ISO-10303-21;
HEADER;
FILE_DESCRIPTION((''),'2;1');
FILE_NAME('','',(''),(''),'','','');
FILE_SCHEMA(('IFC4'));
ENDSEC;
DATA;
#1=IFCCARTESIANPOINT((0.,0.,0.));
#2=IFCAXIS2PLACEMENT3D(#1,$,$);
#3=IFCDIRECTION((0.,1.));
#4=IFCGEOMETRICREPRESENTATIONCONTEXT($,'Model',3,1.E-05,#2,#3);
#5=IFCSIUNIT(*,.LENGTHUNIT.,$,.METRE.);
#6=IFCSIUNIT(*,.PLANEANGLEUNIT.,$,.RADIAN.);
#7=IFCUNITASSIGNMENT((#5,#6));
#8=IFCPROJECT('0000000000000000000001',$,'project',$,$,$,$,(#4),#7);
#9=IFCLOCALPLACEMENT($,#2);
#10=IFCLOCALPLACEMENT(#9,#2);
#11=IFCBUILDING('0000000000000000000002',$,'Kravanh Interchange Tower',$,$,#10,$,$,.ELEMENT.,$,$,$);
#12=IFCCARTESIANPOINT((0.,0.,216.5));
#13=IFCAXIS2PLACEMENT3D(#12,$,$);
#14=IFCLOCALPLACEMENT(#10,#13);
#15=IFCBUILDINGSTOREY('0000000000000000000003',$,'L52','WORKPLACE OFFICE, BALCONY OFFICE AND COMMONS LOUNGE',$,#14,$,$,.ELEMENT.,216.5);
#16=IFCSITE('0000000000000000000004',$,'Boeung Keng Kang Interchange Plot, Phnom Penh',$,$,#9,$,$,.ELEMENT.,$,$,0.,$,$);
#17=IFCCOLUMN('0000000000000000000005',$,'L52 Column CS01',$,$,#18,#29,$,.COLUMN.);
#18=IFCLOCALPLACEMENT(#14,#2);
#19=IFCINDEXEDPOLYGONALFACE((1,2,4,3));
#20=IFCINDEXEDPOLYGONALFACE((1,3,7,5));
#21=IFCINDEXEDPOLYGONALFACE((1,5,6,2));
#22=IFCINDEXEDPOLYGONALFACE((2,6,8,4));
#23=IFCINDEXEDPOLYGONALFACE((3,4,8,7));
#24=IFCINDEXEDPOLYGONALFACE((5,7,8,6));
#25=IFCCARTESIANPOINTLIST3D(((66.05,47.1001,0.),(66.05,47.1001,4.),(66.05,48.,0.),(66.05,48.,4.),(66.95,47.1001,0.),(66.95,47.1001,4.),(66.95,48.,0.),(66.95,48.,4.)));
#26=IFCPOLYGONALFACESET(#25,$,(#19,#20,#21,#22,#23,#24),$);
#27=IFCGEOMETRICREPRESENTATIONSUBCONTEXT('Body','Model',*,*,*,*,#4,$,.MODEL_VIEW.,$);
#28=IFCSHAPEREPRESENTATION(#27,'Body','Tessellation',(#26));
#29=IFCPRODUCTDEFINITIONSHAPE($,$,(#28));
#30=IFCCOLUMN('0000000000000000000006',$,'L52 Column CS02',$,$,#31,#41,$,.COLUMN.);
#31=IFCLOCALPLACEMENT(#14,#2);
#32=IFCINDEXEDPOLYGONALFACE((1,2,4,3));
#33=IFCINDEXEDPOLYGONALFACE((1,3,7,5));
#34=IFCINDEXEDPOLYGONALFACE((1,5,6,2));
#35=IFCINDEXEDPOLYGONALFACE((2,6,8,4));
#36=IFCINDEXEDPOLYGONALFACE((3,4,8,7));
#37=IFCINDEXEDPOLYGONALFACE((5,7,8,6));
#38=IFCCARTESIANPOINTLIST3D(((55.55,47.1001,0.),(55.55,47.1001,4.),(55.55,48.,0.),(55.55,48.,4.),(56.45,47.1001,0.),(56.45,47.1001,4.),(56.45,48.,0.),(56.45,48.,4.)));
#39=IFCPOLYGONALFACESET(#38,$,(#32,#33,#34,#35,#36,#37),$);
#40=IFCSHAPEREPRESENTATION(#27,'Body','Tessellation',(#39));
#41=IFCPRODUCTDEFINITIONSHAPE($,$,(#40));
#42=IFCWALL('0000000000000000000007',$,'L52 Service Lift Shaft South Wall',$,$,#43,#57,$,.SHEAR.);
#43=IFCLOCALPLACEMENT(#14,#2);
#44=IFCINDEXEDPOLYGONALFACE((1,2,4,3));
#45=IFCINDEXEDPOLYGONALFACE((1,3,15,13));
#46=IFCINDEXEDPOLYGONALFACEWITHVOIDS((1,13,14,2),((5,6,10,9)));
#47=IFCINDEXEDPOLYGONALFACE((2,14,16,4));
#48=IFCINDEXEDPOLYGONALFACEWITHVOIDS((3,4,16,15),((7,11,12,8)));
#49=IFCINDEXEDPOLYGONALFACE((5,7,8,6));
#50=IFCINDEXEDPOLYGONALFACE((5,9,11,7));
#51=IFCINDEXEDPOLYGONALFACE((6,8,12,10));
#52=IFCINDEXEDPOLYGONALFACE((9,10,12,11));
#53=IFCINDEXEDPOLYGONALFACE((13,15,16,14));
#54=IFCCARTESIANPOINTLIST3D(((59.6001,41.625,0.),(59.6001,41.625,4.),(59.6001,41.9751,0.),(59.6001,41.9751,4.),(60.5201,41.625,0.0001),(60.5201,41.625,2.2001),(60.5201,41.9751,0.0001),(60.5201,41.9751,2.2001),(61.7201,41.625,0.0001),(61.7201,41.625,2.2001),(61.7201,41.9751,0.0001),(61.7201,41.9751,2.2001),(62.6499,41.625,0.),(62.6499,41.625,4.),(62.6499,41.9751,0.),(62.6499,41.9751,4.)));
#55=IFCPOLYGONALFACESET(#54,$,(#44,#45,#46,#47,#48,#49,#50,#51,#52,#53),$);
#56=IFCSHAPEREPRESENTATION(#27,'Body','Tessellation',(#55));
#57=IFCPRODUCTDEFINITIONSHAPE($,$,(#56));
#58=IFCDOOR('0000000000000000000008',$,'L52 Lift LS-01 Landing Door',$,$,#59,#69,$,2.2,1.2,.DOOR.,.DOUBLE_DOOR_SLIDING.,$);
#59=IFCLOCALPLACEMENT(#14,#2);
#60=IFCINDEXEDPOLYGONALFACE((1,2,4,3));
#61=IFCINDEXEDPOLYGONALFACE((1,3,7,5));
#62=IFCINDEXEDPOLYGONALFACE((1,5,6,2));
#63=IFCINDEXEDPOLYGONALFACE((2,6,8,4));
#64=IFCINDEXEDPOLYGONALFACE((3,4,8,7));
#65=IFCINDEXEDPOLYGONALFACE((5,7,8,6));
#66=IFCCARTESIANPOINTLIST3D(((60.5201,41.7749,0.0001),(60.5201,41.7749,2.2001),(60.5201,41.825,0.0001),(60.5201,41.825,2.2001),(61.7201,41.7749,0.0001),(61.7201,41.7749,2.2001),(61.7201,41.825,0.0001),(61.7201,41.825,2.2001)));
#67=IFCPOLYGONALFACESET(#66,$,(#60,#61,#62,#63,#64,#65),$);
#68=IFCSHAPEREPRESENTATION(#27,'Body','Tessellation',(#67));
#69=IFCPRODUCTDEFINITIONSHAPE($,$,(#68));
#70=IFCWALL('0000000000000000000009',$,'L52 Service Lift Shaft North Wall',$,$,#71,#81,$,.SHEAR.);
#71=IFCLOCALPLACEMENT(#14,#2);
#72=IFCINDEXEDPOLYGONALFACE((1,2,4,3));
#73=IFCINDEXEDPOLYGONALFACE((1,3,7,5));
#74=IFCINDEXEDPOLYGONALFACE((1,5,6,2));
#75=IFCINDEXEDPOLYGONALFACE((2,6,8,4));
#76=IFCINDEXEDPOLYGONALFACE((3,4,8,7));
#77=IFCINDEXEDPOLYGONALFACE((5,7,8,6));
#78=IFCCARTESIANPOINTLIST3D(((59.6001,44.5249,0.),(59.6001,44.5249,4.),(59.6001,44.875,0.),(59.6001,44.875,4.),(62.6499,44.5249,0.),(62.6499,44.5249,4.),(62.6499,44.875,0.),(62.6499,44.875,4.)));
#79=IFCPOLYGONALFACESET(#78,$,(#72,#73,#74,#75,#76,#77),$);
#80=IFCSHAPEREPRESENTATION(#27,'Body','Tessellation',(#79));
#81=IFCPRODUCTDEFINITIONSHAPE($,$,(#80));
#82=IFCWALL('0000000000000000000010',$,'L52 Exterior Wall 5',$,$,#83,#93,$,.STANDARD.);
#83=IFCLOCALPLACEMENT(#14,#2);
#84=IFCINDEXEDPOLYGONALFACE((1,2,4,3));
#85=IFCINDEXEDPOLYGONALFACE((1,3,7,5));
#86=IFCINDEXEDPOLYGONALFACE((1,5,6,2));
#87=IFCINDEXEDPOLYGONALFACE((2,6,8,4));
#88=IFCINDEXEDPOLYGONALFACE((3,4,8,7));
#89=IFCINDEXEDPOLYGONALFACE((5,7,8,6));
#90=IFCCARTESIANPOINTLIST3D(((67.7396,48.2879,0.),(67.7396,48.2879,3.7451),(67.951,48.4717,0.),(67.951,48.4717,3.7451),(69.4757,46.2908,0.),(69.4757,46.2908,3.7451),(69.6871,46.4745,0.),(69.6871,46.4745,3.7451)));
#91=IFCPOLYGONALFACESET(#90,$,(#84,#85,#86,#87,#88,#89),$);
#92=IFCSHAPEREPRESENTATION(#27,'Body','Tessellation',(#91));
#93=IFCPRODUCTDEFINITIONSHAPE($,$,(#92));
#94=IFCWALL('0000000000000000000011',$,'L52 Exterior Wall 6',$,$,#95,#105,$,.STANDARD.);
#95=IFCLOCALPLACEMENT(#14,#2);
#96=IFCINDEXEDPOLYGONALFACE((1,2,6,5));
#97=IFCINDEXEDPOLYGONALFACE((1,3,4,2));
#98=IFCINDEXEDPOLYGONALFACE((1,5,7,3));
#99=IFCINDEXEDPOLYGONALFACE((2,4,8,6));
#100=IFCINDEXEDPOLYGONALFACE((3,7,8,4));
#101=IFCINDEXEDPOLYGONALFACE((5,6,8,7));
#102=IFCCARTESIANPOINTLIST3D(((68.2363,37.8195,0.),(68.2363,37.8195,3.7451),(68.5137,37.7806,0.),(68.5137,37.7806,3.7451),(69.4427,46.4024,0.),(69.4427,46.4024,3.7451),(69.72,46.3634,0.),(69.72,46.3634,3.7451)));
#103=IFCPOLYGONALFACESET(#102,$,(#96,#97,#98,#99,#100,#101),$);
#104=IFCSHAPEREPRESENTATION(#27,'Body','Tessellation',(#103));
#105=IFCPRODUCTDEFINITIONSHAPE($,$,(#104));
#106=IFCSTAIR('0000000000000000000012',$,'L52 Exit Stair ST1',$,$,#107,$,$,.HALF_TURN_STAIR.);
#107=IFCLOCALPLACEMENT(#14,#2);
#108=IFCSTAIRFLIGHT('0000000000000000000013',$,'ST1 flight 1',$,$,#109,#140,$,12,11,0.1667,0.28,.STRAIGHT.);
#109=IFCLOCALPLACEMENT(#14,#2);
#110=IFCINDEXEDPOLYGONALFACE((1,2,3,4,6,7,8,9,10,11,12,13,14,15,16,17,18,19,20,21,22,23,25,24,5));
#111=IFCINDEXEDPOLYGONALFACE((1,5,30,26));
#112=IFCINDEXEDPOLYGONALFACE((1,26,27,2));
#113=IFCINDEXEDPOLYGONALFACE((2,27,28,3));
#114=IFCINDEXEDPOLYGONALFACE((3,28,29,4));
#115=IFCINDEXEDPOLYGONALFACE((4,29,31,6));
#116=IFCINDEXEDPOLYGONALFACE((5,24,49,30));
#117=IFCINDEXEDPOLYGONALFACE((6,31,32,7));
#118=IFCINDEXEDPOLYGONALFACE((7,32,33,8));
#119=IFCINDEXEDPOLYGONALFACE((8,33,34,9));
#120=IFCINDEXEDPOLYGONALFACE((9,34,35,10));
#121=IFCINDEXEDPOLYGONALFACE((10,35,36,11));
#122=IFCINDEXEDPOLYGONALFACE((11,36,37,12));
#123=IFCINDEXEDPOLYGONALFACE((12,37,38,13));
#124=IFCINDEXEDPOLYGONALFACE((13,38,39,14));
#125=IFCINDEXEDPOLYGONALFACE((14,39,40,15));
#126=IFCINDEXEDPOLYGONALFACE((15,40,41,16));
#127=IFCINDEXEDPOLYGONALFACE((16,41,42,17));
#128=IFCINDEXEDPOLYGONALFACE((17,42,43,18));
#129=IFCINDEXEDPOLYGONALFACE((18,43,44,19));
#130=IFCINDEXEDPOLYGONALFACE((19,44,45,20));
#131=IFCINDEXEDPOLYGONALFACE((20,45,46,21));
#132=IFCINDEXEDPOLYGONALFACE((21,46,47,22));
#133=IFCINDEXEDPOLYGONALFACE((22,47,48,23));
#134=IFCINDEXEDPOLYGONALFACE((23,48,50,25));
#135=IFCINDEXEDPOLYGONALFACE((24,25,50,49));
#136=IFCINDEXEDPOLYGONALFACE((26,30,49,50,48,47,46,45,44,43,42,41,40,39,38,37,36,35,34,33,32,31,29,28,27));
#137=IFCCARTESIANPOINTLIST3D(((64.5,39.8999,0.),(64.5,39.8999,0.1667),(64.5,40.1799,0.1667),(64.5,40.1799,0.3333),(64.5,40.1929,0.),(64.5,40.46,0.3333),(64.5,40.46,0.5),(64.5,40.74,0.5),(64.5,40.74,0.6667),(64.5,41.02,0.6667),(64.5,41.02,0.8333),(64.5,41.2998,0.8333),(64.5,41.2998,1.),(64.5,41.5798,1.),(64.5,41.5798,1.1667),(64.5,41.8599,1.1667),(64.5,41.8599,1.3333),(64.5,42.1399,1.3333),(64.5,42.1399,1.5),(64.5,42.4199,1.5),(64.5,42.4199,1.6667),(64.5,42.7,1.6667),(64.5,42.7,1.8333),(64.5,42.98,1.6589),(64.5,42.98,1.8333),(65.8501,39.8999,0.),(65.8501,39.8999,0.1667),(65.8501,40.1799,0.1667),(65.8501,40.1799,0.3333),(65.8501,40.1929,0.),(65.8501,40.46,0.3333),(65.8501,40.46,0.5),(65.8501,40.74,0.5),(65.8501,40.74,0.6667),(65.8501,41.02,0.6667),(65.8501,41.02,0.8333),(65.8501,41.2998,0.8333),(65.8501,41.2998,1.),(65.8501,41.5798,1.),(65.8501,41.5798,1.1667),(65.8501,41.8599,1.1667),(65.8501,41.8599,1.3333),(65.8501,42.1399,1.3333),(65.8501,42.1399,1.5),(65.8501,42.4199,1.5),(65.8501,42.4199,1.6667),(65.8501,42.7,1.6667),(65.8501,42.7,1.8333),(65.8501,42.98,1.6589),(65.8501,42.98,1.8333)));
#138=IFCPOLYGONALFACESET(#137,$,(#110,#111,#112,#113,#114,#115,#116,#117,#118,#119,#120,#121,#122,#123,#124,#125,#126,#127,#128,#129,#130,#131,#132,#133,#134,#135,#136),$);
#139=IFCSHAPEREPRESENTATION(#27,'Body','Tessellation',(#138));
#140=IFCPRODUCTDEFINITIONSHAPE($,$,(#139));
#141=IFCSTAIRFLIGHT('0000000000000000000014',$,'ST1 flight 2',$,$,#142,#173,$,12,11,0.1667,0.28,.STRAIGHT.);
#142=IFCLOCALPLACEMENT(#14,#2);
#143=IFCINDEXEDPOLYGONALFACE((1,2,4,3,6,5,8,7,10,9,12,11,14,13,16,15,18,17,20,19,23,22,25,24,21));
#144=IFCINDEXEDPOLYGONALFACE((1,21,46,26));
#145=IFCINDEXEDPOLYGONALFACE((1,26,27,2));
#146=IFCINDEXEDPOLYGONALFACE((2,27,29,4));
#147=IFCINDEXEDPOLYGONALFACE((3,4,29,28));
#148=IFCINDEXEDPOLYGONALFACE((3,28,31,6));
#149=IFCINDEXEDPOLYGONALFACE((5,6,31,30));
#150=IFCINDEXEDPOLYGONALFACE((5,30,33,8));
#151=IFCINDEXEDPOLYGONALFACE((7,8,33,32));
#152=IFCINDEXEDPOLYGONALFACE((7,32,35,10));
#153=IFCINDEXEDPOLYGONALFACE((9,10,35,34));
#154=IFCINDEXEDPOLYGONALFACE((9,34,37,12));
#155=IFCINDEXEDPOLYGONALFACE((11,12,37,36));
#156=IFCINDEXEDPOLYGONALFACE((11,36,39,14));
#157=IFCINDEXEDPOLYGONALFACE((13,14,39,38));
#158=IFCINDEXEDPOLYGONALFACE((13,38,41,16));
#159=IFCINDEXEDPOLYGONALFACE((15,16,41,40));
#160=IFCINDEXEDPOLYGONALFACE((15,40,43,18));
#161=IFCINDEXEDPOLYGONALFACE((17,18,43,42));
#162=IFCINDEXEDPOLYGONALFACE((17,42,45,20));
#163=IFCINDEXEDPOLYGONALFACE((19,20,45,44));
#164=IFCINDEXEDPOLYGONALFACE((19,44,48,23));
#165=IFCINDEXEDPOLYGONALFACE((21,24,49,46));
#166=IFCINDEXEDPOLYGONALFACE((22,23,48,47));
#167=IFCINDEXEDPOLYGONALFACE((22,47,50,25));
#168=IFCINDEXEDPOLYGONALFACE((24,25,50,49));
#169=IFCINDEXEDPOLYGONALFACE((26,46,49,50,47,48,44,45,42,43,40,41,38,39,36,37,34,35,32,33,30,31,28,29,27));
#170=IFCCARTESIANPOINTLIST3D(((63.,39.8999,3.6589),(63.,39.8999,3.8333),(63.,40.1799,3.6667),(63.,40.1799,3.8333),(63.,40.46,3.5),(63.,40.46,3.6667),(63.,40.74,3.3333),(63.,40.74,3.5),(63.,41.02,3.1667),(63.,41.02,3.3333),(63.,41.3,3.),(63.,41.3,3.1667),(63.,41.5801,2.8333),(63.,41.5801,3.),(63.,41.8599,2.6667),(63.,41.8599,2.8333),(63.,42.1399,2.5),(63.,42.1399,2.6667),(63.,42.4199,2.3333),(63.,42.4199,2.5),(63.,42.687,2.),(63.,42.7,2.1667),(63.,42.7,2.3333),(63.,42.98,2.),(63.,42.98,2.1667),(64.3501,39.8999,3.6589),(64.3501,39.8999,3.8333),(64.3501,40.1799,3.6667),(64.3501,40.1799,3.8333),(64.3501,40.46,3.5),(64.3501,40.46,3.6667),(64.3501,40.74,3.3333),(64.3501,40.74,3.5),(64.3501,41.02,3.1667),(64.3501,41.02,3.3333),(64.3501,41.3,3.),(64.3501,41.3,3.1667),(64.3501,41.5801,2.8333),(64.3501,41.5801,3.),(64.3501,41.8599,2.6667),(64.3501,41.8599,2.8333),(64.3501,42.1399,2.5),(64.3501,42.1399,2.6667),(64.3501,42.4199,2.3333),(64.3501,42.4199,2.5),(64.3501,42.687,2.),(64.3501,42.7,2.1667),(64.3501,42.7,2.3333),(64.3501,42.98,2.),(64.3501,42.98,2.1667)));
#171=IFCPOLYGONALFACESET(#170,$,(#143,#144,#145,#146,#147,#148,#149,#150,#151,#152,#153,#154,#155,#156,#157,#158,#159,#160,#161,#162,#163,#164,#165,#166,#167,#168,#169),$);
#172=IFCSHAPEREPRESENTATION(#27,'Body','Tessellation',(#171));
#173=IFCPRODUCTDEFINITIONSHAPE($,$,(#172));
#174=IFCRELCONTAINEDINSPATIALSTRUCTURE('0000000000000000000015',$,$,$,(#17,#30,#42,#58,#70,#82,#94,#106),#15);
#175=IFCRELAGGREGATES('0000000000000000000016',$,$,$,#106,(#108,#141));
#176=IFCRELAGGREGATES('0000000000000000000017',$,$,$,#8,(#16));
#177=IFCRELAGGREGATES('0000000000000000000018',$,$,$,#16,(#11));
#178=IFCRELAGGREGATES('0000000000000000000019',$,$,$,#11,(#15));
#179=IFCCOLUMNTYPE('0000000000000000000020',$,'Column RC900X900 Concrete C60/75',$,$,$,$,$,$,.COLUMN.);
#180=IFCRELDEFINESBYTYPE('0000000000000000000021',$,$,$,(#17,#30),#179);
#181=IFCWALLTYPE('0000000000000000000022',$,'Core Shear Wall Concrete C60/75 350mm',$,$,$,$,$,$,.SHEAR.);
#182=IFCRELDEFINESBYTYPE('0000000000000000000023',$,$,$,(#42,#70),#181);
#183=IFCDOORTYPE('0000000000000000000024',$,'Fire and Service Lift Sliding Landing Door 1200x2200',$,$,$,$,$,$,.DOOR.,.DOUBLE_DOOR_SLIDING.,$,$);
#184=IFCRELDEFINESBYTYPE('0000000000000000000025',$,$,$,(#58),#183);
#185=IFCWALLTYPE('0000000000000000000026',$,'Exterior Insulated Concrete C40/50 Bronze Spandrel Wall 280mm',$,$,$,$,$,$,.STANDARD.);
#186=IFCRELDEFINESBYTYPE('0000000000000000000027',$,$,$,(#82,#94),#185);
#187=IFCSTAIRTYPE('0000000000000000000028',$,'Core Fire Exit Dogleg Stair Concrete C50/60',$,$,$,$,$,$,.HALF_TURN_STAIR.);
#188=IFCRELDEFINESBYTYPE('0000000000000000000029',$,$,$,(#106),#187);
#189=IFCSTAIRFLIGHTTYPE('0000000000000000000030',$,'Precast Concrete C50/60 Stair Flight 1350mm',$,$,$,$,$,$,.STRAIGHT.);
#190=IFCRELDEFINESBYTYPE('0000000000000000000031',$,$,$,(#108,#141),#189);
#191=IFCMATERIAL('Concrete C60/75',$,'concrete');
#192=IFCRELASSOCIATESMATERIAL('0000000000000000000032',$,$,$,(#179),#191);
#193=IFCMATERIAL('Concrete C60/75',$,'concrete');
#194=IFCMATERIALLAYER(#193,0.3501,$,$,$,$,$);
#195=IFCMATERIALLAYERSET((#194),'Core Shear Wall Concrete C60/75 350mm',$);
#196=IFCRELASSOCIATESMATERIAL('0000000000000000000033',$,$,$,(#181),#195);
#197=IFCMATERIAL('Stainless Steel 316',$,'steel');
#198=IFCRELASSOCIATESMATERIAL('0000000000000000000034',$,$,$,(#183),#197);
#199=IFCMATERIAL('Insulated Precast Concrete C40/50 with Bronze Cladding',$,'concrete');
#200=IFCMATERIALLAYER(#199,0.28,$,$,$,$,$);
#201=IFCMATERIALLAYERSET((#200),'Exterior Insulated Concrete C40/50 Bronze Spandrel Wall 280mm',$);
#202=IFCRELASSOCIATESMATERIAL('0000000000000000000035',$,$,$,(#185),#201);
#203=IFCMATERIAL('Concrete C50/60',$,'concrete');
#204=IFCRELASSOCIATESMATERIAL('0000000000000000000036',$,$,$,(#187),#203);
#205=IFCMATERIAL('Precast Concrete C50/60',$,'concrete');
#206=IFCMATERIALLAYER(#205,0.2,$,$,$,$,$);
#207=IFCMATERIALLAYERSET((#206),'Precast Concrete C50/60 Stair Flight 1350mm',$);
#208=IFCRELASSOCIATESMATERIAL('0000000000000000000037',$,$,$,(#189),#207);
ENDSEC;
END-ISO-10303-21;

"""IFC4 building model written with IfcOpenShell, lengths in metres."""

from ifc_helpers import new_model, si_unit, direction, frame, frame_2d, origin, origin_2d, place, context, subcontext, project, spatial, polyline, rectangle, outline, extrude, material, layer, layer_set, material_profile, profile_set, type_object, element, fill, aggregate, save


model = new_model("IFC4")

# Units and contexts
model_context = context("Model", 3, precision=1e-05, world=origin(), true_north=direction((0.0, 1.0)))
body_context = subcontext(model_context, "Body", "Model", "MODEL_VIEW")
ifc_project = project(units=[si_unit("LENGTHUNIT", "METRE"), si_unit("PLANEANGLEUNIT", "RADIAN")], contexts=[model_context])

# Site, building, storey
site_placement = place(None, origin())
site = spatial("IfcSite", under=ifc_project, at=site_placement, Name="Boeung Keng Kang Interchange Plot, Phnom Penh", CompositionType="ELEMENT", RefElevation=0.0)
building_placement = place(site_placement, origin())
building = spatial("IfcBuilding", under=site, at=building_placement, Name="Kravanh Interchange Tower", CompositionType="ELEMENT")
storey_placement = place(building_placement, frame((0.0, 0.0, 216.5)))
storey = spatial("IfcBuildingStorey", under=building, at=storey_placement, Name="L52", Description="WORKPLACE OFFICE, BALCONY OFFICE AND COMMONS LOUNGE", CompositionType="ELEMENT", Elevation=216.5)

# Columns
ifc_material_1 = material(Name="Concrete C60/75", Category="concrete")
ifc_material_profile = material_profile(ifc_material_1, rectangle(XDim=0.8999, YDim=0.8999, at=origin_2d()), Name="RC900X900")
ifc_profile_set = profile_set([ifc_material_profile], Name="Concrete C60/75")
column_type = type_object("IfcColumnType", Name="Column RC900X900 Concrete C60/75", PredefinedType="COLUMN", material=ifc_profile_set)
for number, where, z_axis, x_axis, name in (
    (1, (66.5, 47.55, 0.0), (0.0, 0.0, 1.0), (1.0, 0.0, 0.0), "L52 Column CS01"),
    (2, (56.0, 47.55, 0.0), (0.0, 0.0, 1.0), (1.0, 0.0, 0.0), "L52 Column CS02"),
):
    element("IfcColumn", number, at=place(storey_placement, frame(where, z_axis=z_axis, x_axis=x_axis)), inside=storey, type_object=column_type, Name=name, PredefinedType="COLUMN", context=body_context, shape_type="SweptSolid", body=[
        extrude(rectangle(XDim=0.8999, YDim=0.8999, at=origin_2d()), origin(), (0.0, 0.0, 1.0), 4.0),
    ])

# Wall, opening, door
ifc_material_2 = material(Name="Concrete C60/75", Category="concrete")
ifc_layer_1 = layer(ifc_material_2, 0.3501)
ifc_layer_set_1 = layer_set([ifc_layer_1], Name="Core Shear Wall Concrete C60/75 350mm")
wall_type_1 = type_object("IfcWallType", Name="Core Shear Wall Concrete C60/75 350mm", PredefinedType="SHEAR", material=ifc_layer_set_1)
wall_1_placement = place(storey_placement, frame((59.6001, 41.8, 0.0), z_axis=(0.0, 0.0, 1.0), x_axis=(1.0, 0.0, 0.0)))
wall_1 = element("IfcWall", 3, at=wall_1_placement, inside=storey, type_object=wall_type_1, Name="L52 Service Lift Shaft South Wall", PredefinedType="SHEAR", context=body_context, shape_type="SweptSolid", body=[
    extrude(rectangle(XDim=3.0498, YDim=0.3501, at=frame_2d((1.5249, 0.0))), origin(), (0.0, 0.0, 1.0), 4.0),
])
opening_placement = place(wall_1_placement, frame((0.9199, 0.0, 0.0)))
opening = element("IfcOpeningElement", 4, at=opening_placement, cuts=wall_1, PredefinedType="OPENING", context=body_context, shape_type="SweptSolid", body=[
    extrude(rectangle(XDim=1.2, YDim=2.2, at=frame_2d((0.6001, 1.1001))), frame((0.0, 0.1851, 0.0), z_axis=(0.0, -1.0, 0.0), x_axis=(1.0, 0.0, 0.0)), (0.0, 0.0, 1.0), 0.3701),
])
ifc_material_3 = material(Name="Stainless Steel 316", Category="steel")
door_type = type_object("IfcDoorType", Name="Fire and Service Lift Sliding Landing Door 1200x2200", OperationType="DOUBLE_DOOR_SLIDING", PredefinedType="DOOR", material=ifc_material_3)
door_placement = place(opening_placement, origin())
door = element("IfcDoor", 5, at=door_placement, inside=storey, type_object=door_type, Name="L52 Lift LS-01 Landing Door", OperationType="DOUBLE_DOOR_SLIDING", OverallHeight=2.2, OverallWidth=1.2, PredefinedType="DOOR", context=body_context, shape_type="SweptSolid", body=[
    extrude(rectangle(XDim=1.2, YDim=2.2, at=frame_2d((0.6001, 1.1001))), frame((0.0, 0.0249, 0.0), z_axis=(0.0, -1.0, 0.0), x_axis=(1.0, 0.0, 0.0)), (0.0, 0.0, 1.0), 0.05),
])
fill(opening, door)

# Walls
wall_2_placement = place(storey_placement, frame((59.6001, 44.7, 0.0), z_axis=(0.0, 0.0, 1.0), x_axis=(1.0, 0.0, 0.0)))
element("IfcWall", 6, at=wall_2_placement, inside=storey, type_object=wall_type_1, Name="L52 Service Lift Shaft North Wall", PredefinedType="SHEAR", context=body_context, shape_type="SweptSolid", body=[
    extrude(rectangle(XDim=3.0498, YDim=0.3501, at=frame_2d((1.5249, 0.0))), origin(), (0.0, 0.0, 1.0), 4.0),
])
ifc_material_4 = material(Name="Insulated Precast Concrete C40/50 with Bronze Cladding", Category="concrete")
ifc_layer_2 = layer(ifc_material_4, 0.28)
ifc_layer_set_2 = layer_set([ifc_layer_2], Name="Exterior Insulated Concrete C40/50 Bronze Spandrel Wall 280mm")
wall_type_2 = type_object("IfcWallType", Name="Exterior Insulated Concrete C40/50 Bronze Spandrel Wall 280mm", PredefinedType="STANDARD", material=ifc_layer_set_2)
wall_3_placement = place(storey_placement, frame((67.8452, 48.3799, 0.0), z_axis=(0.0, 0.0, 1.0), x_axis=(0.656071, -0.754699, 0.0)))
element("IfcWall", 7, at=wall_3_placement, inside=storey, type_object=wall_type_2, Name="L52 Exterior Wall 5", PredefinedType="STANDARD", context=body_context, shape_type="SweptSolid", body=[
    extrude(rectangle(XDim=2.6462, YDim=0.28, at=frame_2d((1.3232, 0.0))), origin(), (0.0, 0.0, 1.0), 3.7451),
])
wall_4_placement = place(storey_placement, frame((69.5813, 46.3828, 0.0), z_axis=(0.0, 0.0, 1.0), x_axis=(-0.139181, -0.990267, 0.0)))
element("IfcWall", 8, at=wall_4_placement, inside=storey, type_object=wall_type_2, Name="L52 Exterior Wall 6", PredefinedType="STANDARD", context=body_context, shape_type="SweptSolid", body=[
    extrude(rectangle(XDim=8.6672, YDim=0.28, at=frame_2d((4.3335, 0.0))), origin(), (0.0, 0.0, 1.0), 3.7451),
])

# Stair, stair flights
ifc_material_5 = material(Name="Concrete C50/60", Category="concrete")
stair_type = type_object("IfcStairType", Name="Core Fire Exit Dogleg Stair Concrete C50/60", PredefinedType="HALF_TURN_STAIR", material=ifc_material_5)
stair_1_placement = place(storey_placement, origin())
stair_1 = element("IfcStair", 9, at=stair_1_placement, inside=storey, type_object=stair_type, Name="L52 Exit Stair ST1", PredefinedType="HALF_TURN_STAIR")
ifc_material_6 = material(Name="Precast Concrete C50/60", Category="concrete")
ifc_layer_3 = layer(ifc_material_6, 0.2)
ifc_layer_set_3 = layer_set([ifc_layer_3], Name="Precast Concrete C50/60 Stair Flight 1350mm")
stair_flight_type = type_object("IfcStairFlightType", Name="Precast Concrete C50/60 Stair Flight 1350mm", PredefinedType="STRAIGHT", material=ifc_layer_set_3)
stair_flight_1_placement = place(storey_placement, frame((65.175, 39.8999, 0.0), z_axis=(0.0, 0.0, 1.0), x_axis=(0.0, 1.0, 0.0)))
stair_flight_1 = element("IfcStairFlight", 10, at=stair_flight_1_placement, type_object=stair_flight_type, Name="ST1 flight 1", NumberOfRisers=12, NumberOfTreads=11, PredefinedType="STRAIGHT", RiserHeight=0.1667, TreadLength=0.28, context=body_context, shape_type="SweptSolid", body=[
    extrude(outline(polyline([(0.0, 0.0), (0.0, 0.1667), (0.28, 0.1667), (0.28, 0.3333), (0.5601, 0.3333), (0.5601, 0.5), (0.8401, 0.5), (0.8401, 0.6667), (1.1201, 0.6667), (1.1201, 0.8333), (1.3999, 0.8333), (1.3999, 1.0), (1.6799, 1.0), (1.6799, 1.1667), (1.96, 1.1667), (1.96, 1.3333), (2.24, 1.3333), (2.24, 1.5), (2.52, 1.5), (2.52, 1.6667), (2.8, 1.6667), (2.8, 1.8333), (3.0801, 1.8333), (3.0801, 2.0), (3.0801, 1.6589), (0.293, 0.0), (0.0, 0.0)])), frame((0.0, 0.675, 0.0), z_axis=(0.0, -1.0, 0.0), x_axis=(1.0, 0.0, 0.0)), (0.0, 0.0, 1.0), 1.3501),
])
stair_flight_2_placement = place(storey_placement, frame((63.675, 42.98, 2.0), z_axis=(0.0, 0.0, 1.0), x_axis=(0.0, -1.0, 0.0)))
stair_flight_2 = element("IfcStairFlight", 11, at=stair_flight_2_placement, type_object=stair_flight_type, Name="ST1 flight 2", NumberOfRisers=12, NumberOfTreads=11, PredefinedType="STRAIGHT", RiserHeight=0.1667, TreadLength=0.28, context=body_context, shape_type="SweptSolid", body=[
    extrude(outline(polyline([(0.0, 0.0), (0.0, 0.1667), (0.28, 0.1667), (0.28, 0.3333), (0.5601, 0.3333), (0.5601, 0.5), (0.8401, 0.5), (0.8401, 0.6667), (1.1201, 0.6667), (1.1201, 0.8333), (1.3999, 0.8333), (1.3999, 1.0), (1.6799, 1.0), (1.6799, 1.1667), (1.96, 1.1667), (1.96, 1.3333), (2.24, 1.3333), (2.24, 1.5), (2.52, 1.5), (2.52, 1.6667), (2.8, 1.6667), (2.8, 1.8333), (3.0801, 1.8333), (3.0801, 2.0), (3.0801, 1.6589), (0.293, 0.0), (0.0, 0.0)])), frame((0.0, 0.675, 0.0), z_axis=(0.0, -1.0, 0.0), x_axis=(1.0, 0.0, 0.0)), (0.0, 0.0, 1.0), 1.3501),
])
aggregate(stair_1, [stair_flight_1, stair_flight_2])

save(model, "model.ifc")
